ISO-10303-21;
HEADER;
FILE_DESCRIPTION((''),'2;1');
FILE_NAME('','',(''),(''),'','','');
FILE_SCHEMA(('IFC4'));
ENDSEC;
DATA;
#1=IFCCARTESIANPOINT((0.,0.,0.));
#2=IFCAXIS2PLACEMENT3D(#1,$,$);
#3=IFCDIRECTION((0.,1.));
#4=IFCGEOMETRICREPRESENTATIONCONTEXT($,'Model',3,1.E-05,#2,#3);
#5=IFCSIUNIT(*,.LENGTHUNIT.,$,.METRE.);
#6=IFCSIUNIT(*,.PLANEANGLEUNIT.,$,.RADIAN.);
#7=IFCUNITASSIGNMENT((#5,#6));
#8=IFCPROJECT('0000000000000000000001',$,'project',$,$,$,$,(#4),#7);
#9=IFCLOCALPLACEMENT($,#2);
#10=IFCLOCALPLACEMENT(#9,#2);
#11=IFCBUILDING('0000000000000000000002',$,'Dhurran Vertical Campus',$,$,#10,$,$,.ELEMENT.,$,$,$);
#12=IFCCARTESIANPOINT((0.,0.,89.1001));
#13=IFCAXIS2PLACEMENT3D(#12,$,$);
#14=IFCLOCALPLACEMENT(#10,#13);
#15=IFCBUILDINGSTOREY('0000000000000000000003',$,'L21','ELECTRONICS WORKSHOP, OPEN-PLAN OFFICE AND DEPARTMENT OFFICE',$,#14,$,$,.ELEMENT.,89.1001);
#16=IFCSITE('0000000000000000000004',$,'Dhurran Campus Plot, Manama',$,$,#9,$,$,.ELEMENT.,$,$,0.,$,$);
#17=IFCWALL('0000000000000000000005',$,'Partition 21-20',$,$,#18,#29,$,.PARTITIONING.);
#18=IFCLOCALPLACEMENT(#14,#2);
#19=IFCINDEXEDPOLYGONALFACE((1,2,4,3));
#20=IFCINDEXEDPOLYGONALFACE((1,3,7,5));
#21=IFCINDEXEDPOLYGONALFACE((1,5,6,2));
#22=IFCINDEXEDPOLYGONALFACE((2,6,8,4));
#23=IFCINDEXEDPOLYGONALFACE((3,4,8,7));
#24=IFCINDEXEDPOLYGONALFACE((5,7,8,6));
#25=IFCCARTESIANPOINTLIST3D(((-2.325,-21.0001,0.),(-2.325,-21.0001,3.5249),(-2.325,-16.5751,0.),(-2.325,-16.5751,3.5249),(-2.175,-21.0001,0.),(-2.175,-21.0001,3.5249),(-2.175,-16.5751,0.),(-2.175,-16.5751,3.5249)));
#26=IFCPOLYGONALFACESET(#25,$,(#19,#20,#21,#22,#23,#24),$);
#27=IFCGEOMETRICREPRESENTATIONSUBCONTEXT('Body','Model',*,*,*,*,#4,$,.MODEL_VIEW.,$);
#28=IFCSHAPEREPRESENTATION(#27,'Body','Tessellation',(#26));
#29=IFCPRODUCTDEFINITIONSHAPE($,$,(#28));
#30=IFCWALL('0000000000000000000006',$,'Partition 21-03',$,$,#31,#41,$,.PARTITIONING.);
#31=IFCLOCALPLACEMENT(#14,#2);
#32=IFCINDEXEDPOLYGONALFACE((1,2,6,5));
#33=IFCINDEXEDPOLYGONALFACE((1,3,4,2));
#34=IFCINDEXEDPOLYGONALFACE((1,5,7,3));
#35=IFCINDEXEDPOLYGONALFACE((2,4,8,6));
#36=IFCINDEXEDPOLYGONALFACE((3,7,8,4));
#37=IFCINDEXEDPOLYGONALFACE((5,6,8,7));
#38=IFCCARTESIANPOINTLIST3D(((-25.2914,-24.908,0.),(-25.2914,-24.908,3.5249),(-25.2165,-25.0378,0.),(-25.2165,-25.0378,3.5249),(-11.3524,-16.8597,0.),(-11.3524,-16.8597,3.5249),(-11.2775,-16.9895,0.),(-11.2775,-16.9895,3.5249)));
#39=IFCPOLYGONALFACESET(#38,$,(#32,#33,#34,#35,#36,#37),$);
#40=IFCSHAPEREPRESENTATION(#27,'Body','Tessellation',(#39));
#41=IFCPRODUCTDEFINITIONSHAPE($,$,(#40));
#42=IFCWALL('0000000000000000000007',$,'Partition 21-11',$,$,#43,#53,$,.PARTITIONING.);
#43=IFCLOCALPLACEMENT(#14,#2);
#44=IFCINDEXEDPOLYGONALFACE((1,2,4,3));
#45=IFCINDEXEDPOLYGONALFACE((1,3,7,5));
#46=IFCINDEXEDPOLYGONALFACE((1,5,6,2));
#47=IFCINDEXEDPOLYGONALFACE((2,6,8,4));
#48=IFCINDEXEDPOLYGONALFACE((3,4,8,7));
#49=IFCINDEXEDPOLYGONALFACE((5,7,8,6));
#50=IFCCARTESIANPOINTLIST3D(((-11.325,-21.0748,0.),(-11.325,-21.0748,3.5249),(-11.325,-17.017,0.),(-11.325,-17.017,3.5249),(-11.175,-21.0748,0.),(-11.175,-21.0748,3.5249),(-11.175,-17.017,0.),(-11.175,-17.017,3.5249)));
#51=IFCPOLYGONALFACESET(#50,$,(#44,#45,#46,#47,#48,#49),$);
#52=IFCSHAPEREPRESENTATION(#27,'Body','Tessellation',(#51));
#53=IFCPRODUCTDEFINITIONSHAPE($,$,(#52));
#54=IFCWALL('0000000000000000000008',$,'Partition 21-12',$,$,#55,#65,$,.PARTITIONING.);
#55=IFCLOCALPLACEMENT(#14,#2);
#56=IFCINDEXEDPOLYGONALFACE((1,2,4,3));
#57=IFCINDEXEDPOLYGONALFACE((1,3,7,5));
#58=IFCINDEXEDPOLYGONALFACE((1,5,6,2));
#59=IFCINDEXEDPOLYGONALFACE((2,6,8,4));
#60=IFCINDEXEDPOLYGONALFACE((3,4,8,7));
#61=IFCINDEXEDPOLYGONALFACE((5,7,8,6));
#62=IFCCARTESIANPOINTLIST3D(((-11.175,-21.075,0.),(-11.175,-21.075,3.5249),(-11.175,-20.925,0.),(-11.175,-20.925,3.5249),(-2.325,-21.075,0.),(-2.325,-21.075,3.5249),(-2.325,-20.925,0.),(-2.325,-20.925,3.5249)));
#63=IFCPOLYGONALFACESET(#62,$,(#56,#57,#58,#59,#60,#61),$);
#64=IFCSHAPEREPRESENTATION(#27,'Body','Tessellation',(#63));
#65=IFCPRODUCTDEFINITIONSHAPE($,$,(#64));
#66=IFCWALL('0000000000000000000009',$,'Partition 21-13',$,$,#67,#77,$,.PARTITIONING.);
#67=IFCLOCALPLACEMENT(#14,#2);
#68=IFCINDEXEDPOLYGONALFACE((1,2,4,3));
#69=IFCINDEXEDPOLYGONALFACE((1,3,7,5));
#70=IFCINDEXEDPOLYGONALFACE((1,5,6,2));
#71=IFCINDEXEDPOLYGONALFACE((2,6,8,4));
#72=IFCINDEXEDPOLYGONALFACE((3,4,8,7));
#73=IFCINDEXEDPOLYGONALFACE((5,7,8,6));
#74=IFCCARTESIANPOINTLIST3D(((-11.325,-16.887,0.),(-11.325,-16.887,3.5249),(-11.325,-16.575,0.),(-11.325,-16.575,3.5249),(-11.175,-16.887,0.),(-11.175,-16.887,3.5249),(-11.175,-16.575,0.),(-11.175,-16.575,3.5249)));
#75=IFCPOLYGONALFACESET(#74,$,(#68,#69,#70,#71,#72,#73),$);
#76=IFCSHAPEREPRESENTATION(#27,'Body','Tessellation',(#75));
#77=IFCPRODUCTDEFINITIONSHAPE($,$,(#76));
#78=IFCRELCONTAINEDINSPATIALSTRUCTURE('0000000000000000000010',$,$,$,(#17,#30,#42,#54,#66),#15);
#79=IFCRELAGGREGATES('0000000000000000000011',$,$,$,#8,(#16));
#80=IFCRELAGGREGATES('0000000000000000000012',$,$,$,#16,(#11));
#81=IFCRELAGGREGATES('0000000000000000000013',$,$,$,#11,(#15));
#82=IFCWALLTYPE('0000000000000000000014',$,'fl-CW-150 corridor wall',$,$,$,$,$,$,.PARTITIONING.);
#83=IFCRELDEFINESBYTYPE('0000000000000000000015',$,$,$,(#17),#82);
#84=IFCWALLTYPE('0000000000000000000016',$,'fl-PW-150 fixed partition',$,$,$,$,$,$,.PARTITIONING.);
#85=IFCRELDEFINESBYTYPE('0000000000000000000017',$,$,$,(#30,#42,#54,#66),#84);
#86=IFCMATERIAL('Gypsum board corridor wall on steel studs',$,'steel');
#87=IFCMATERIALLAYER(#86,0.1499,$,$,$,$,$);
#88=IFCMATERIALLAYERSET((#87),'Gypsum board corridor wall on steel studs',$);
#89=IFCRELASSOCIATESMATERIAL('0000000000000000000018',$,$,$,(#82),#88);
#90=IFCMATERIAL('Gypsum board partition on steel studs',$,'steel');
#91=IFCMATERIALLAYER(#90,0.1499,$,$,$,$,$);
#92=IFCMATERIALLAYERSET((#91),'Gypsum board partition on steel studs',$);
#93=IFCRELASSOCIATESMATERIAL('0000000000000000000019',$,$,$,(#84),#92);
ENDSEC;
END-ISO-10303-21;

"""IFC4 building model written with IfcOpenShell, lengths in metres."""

from ifc_helpers import new_model, si_unit, direction, frame, frame_2d, origin, place, context, subcontext, project, spatial, rectangle, extrude, material, layer, layer_set, type_object, element, save


model = new_model("IFC4")

# Units and contexts
model_context = context("Model", 3, precision=1e-05, world=origin(), true_north=direction((0.0, 1.0)))
body_context = subcontext(model_context, "Body", "Model", "MODEL_VIEW")
ifc_project = project(units=[si_unit("LENGTHUNIT", "METRE"), si_unit("PLANEANGLEUNIT", "RADIAN")], contexts=[model_context])

# Site, building, storey
site_placement = place(None, origin())
site = spatial("IfcSite", under=ifc_project, at=site_placement, Name="Dhurran Campus Plot, Manama", CompositionType="ELEMENT", RefElevation=0.0)
building_placement = place(site_placement, origin())
building = spatial("IfcBuilding", under=site, at=building_placement, Name="Dhurran Vertical Campus", CompositionType="ELEMENT")
storey_placement = place(building_placement, frame((0.0, 0.0, 89.1001)))
storey = spatial("IfcBuildingStorey", under=building, at=storey_placement, Name="L21", Description="ELECTRONICS WORKSHOP, OPEN-PLAN OFFICE AND DEPARTMENT OFFICE", CompositionType="ELEMENT", Elevation=89.1001)

# Shared definitions
ifc_material_1 = material(Name="Gypsum board corridor wall on steel studs", Category="steel")
ifc_layer_1 = layer(ifc_material_1, 0.1499)
ifc_layer_set_1 = layer_set([ifc_layer_1], Name="Gypsum board corridor wall on steel studs")
wall_type_1 = type_object("IfcWallType", Name="fl-CW-150 corridor wall", PredefinedType="PARTITIONING", material=ifc_layer_set_1)

# Walls
wall_1_placement = place(storey_placement, frame((-2.25, -21.0, 0.0), z_axis=(0.0, 0.0, 1.0), x_axis=(0.0, 1.0, 0.0)))
element("IfcWall", 1, at=wall_1_placement, inside=storey, type_object=wall_type_1, Name="Partition 21-20", PredefinedType="PARTITIONING", context=body_context, shape_type="SweptSolid", body=[
    extrude(rectangle(XDim=4.425, YDim=0.1499, at=frame_2d((2.2124, 0.0))), origin(), (0.0, 0.0, 1.0), 3.5249),
])
ifc_material_2 = material(Name="Gypsum board partition on steel studs", Category="steel")
ifc_layer_2 = layer(ifc_material_2, 0.1499)
ifc_layer_set_2 = layer_set([ifc_layer_2], Name="Gypsum board partition on steel studs")
wall_type_2 = type_object("IfcWallType", Name="fl-PW-150 fixed partition", PredefinedType="PARTITIONING", material=ifc_layer_set_2)
wall_2_placement = place(storey_placement, frame((-11.3149, -16.9246, 0.0), z_axis=(0.0, 0.0, 1.0), x_axis=(-0.866007, -0.500031, 0.0)))
element("IfcWall", 2, at=wall_2_placement, inside=storey, type_object=wall_type_2, Name="Partition 21-03", PredefinedType="PARTITIONING", context=body_context, shape_type="SweptSolid", body=[
    extrude(rectangle(XDim=16.0957, YDim=0.1499, at=frame_2d((8.0479, 0.0))), origin(), (0.0, 0.0, 1.0), 3.5249),
])
wall_3_placement = place(storey_placement, frame((-11.25, -17.0171, 0.0), z_axis=(0.0, 0.0, 1.0), x_axis=(0.0, -1.0, 0.0)))
element("IfcWall", 3, at=wall_3_placement, inside=storey, type_object=wall_type_2, Name="Partition 21-11", PredefinedType="PARTITIONING", context=body_context, shape_type="SweptSolid", body=[
    extrude(rectangle(XDim=4.0579, YDim=0.1499, at=frame_2d((2.0288, 0.0))), origin(), (0.0, 0.0, 1.0), 3.5249),
])
wall_4_placement = place(storey_placement, frame((-11.175, -21.0, 0.0), z_axis=(0.0, 0.0, 1.0), x_axis=(1.0, 0.0, 0.0)))
element("IfcWall", 4, at=wall_4_placement, inside=storey, type_object=wall_type_2, Name="Partition 21-12", PredefinedType="PARTITIONING", context=body_context, shape_type="SweptSolid", body=[
    extrude(rectangle(XDim=8.8501, YDim=0.1499, at=frame_2d((4.425, 0.0))), origin(), (0.0, 0.0, 1.0), 3.5249),
])
wall_5_placement = place(storey_placement, frame((-11.25, -16.575, 0.0), z_axis=(0.0, 0.0, 1.0), x_axis=(0.0, -1.0, 0.0)))
element("IfcWall", 5, at=wall_5_placement, inside=storey, type_object=wall_type_2, Name="Partition 21-13", PredefinedType="PARTITIONING", context=body_context, shape_type="SweptSolid", body=[
    extrude(rectangle(XDim=0.312, YDim=0.1499, at=frame_2d((0.156, 0.0))), origin(), (0.0, 0.0, 1.0), 3.5249),
])

save(model, "model.ifc")
